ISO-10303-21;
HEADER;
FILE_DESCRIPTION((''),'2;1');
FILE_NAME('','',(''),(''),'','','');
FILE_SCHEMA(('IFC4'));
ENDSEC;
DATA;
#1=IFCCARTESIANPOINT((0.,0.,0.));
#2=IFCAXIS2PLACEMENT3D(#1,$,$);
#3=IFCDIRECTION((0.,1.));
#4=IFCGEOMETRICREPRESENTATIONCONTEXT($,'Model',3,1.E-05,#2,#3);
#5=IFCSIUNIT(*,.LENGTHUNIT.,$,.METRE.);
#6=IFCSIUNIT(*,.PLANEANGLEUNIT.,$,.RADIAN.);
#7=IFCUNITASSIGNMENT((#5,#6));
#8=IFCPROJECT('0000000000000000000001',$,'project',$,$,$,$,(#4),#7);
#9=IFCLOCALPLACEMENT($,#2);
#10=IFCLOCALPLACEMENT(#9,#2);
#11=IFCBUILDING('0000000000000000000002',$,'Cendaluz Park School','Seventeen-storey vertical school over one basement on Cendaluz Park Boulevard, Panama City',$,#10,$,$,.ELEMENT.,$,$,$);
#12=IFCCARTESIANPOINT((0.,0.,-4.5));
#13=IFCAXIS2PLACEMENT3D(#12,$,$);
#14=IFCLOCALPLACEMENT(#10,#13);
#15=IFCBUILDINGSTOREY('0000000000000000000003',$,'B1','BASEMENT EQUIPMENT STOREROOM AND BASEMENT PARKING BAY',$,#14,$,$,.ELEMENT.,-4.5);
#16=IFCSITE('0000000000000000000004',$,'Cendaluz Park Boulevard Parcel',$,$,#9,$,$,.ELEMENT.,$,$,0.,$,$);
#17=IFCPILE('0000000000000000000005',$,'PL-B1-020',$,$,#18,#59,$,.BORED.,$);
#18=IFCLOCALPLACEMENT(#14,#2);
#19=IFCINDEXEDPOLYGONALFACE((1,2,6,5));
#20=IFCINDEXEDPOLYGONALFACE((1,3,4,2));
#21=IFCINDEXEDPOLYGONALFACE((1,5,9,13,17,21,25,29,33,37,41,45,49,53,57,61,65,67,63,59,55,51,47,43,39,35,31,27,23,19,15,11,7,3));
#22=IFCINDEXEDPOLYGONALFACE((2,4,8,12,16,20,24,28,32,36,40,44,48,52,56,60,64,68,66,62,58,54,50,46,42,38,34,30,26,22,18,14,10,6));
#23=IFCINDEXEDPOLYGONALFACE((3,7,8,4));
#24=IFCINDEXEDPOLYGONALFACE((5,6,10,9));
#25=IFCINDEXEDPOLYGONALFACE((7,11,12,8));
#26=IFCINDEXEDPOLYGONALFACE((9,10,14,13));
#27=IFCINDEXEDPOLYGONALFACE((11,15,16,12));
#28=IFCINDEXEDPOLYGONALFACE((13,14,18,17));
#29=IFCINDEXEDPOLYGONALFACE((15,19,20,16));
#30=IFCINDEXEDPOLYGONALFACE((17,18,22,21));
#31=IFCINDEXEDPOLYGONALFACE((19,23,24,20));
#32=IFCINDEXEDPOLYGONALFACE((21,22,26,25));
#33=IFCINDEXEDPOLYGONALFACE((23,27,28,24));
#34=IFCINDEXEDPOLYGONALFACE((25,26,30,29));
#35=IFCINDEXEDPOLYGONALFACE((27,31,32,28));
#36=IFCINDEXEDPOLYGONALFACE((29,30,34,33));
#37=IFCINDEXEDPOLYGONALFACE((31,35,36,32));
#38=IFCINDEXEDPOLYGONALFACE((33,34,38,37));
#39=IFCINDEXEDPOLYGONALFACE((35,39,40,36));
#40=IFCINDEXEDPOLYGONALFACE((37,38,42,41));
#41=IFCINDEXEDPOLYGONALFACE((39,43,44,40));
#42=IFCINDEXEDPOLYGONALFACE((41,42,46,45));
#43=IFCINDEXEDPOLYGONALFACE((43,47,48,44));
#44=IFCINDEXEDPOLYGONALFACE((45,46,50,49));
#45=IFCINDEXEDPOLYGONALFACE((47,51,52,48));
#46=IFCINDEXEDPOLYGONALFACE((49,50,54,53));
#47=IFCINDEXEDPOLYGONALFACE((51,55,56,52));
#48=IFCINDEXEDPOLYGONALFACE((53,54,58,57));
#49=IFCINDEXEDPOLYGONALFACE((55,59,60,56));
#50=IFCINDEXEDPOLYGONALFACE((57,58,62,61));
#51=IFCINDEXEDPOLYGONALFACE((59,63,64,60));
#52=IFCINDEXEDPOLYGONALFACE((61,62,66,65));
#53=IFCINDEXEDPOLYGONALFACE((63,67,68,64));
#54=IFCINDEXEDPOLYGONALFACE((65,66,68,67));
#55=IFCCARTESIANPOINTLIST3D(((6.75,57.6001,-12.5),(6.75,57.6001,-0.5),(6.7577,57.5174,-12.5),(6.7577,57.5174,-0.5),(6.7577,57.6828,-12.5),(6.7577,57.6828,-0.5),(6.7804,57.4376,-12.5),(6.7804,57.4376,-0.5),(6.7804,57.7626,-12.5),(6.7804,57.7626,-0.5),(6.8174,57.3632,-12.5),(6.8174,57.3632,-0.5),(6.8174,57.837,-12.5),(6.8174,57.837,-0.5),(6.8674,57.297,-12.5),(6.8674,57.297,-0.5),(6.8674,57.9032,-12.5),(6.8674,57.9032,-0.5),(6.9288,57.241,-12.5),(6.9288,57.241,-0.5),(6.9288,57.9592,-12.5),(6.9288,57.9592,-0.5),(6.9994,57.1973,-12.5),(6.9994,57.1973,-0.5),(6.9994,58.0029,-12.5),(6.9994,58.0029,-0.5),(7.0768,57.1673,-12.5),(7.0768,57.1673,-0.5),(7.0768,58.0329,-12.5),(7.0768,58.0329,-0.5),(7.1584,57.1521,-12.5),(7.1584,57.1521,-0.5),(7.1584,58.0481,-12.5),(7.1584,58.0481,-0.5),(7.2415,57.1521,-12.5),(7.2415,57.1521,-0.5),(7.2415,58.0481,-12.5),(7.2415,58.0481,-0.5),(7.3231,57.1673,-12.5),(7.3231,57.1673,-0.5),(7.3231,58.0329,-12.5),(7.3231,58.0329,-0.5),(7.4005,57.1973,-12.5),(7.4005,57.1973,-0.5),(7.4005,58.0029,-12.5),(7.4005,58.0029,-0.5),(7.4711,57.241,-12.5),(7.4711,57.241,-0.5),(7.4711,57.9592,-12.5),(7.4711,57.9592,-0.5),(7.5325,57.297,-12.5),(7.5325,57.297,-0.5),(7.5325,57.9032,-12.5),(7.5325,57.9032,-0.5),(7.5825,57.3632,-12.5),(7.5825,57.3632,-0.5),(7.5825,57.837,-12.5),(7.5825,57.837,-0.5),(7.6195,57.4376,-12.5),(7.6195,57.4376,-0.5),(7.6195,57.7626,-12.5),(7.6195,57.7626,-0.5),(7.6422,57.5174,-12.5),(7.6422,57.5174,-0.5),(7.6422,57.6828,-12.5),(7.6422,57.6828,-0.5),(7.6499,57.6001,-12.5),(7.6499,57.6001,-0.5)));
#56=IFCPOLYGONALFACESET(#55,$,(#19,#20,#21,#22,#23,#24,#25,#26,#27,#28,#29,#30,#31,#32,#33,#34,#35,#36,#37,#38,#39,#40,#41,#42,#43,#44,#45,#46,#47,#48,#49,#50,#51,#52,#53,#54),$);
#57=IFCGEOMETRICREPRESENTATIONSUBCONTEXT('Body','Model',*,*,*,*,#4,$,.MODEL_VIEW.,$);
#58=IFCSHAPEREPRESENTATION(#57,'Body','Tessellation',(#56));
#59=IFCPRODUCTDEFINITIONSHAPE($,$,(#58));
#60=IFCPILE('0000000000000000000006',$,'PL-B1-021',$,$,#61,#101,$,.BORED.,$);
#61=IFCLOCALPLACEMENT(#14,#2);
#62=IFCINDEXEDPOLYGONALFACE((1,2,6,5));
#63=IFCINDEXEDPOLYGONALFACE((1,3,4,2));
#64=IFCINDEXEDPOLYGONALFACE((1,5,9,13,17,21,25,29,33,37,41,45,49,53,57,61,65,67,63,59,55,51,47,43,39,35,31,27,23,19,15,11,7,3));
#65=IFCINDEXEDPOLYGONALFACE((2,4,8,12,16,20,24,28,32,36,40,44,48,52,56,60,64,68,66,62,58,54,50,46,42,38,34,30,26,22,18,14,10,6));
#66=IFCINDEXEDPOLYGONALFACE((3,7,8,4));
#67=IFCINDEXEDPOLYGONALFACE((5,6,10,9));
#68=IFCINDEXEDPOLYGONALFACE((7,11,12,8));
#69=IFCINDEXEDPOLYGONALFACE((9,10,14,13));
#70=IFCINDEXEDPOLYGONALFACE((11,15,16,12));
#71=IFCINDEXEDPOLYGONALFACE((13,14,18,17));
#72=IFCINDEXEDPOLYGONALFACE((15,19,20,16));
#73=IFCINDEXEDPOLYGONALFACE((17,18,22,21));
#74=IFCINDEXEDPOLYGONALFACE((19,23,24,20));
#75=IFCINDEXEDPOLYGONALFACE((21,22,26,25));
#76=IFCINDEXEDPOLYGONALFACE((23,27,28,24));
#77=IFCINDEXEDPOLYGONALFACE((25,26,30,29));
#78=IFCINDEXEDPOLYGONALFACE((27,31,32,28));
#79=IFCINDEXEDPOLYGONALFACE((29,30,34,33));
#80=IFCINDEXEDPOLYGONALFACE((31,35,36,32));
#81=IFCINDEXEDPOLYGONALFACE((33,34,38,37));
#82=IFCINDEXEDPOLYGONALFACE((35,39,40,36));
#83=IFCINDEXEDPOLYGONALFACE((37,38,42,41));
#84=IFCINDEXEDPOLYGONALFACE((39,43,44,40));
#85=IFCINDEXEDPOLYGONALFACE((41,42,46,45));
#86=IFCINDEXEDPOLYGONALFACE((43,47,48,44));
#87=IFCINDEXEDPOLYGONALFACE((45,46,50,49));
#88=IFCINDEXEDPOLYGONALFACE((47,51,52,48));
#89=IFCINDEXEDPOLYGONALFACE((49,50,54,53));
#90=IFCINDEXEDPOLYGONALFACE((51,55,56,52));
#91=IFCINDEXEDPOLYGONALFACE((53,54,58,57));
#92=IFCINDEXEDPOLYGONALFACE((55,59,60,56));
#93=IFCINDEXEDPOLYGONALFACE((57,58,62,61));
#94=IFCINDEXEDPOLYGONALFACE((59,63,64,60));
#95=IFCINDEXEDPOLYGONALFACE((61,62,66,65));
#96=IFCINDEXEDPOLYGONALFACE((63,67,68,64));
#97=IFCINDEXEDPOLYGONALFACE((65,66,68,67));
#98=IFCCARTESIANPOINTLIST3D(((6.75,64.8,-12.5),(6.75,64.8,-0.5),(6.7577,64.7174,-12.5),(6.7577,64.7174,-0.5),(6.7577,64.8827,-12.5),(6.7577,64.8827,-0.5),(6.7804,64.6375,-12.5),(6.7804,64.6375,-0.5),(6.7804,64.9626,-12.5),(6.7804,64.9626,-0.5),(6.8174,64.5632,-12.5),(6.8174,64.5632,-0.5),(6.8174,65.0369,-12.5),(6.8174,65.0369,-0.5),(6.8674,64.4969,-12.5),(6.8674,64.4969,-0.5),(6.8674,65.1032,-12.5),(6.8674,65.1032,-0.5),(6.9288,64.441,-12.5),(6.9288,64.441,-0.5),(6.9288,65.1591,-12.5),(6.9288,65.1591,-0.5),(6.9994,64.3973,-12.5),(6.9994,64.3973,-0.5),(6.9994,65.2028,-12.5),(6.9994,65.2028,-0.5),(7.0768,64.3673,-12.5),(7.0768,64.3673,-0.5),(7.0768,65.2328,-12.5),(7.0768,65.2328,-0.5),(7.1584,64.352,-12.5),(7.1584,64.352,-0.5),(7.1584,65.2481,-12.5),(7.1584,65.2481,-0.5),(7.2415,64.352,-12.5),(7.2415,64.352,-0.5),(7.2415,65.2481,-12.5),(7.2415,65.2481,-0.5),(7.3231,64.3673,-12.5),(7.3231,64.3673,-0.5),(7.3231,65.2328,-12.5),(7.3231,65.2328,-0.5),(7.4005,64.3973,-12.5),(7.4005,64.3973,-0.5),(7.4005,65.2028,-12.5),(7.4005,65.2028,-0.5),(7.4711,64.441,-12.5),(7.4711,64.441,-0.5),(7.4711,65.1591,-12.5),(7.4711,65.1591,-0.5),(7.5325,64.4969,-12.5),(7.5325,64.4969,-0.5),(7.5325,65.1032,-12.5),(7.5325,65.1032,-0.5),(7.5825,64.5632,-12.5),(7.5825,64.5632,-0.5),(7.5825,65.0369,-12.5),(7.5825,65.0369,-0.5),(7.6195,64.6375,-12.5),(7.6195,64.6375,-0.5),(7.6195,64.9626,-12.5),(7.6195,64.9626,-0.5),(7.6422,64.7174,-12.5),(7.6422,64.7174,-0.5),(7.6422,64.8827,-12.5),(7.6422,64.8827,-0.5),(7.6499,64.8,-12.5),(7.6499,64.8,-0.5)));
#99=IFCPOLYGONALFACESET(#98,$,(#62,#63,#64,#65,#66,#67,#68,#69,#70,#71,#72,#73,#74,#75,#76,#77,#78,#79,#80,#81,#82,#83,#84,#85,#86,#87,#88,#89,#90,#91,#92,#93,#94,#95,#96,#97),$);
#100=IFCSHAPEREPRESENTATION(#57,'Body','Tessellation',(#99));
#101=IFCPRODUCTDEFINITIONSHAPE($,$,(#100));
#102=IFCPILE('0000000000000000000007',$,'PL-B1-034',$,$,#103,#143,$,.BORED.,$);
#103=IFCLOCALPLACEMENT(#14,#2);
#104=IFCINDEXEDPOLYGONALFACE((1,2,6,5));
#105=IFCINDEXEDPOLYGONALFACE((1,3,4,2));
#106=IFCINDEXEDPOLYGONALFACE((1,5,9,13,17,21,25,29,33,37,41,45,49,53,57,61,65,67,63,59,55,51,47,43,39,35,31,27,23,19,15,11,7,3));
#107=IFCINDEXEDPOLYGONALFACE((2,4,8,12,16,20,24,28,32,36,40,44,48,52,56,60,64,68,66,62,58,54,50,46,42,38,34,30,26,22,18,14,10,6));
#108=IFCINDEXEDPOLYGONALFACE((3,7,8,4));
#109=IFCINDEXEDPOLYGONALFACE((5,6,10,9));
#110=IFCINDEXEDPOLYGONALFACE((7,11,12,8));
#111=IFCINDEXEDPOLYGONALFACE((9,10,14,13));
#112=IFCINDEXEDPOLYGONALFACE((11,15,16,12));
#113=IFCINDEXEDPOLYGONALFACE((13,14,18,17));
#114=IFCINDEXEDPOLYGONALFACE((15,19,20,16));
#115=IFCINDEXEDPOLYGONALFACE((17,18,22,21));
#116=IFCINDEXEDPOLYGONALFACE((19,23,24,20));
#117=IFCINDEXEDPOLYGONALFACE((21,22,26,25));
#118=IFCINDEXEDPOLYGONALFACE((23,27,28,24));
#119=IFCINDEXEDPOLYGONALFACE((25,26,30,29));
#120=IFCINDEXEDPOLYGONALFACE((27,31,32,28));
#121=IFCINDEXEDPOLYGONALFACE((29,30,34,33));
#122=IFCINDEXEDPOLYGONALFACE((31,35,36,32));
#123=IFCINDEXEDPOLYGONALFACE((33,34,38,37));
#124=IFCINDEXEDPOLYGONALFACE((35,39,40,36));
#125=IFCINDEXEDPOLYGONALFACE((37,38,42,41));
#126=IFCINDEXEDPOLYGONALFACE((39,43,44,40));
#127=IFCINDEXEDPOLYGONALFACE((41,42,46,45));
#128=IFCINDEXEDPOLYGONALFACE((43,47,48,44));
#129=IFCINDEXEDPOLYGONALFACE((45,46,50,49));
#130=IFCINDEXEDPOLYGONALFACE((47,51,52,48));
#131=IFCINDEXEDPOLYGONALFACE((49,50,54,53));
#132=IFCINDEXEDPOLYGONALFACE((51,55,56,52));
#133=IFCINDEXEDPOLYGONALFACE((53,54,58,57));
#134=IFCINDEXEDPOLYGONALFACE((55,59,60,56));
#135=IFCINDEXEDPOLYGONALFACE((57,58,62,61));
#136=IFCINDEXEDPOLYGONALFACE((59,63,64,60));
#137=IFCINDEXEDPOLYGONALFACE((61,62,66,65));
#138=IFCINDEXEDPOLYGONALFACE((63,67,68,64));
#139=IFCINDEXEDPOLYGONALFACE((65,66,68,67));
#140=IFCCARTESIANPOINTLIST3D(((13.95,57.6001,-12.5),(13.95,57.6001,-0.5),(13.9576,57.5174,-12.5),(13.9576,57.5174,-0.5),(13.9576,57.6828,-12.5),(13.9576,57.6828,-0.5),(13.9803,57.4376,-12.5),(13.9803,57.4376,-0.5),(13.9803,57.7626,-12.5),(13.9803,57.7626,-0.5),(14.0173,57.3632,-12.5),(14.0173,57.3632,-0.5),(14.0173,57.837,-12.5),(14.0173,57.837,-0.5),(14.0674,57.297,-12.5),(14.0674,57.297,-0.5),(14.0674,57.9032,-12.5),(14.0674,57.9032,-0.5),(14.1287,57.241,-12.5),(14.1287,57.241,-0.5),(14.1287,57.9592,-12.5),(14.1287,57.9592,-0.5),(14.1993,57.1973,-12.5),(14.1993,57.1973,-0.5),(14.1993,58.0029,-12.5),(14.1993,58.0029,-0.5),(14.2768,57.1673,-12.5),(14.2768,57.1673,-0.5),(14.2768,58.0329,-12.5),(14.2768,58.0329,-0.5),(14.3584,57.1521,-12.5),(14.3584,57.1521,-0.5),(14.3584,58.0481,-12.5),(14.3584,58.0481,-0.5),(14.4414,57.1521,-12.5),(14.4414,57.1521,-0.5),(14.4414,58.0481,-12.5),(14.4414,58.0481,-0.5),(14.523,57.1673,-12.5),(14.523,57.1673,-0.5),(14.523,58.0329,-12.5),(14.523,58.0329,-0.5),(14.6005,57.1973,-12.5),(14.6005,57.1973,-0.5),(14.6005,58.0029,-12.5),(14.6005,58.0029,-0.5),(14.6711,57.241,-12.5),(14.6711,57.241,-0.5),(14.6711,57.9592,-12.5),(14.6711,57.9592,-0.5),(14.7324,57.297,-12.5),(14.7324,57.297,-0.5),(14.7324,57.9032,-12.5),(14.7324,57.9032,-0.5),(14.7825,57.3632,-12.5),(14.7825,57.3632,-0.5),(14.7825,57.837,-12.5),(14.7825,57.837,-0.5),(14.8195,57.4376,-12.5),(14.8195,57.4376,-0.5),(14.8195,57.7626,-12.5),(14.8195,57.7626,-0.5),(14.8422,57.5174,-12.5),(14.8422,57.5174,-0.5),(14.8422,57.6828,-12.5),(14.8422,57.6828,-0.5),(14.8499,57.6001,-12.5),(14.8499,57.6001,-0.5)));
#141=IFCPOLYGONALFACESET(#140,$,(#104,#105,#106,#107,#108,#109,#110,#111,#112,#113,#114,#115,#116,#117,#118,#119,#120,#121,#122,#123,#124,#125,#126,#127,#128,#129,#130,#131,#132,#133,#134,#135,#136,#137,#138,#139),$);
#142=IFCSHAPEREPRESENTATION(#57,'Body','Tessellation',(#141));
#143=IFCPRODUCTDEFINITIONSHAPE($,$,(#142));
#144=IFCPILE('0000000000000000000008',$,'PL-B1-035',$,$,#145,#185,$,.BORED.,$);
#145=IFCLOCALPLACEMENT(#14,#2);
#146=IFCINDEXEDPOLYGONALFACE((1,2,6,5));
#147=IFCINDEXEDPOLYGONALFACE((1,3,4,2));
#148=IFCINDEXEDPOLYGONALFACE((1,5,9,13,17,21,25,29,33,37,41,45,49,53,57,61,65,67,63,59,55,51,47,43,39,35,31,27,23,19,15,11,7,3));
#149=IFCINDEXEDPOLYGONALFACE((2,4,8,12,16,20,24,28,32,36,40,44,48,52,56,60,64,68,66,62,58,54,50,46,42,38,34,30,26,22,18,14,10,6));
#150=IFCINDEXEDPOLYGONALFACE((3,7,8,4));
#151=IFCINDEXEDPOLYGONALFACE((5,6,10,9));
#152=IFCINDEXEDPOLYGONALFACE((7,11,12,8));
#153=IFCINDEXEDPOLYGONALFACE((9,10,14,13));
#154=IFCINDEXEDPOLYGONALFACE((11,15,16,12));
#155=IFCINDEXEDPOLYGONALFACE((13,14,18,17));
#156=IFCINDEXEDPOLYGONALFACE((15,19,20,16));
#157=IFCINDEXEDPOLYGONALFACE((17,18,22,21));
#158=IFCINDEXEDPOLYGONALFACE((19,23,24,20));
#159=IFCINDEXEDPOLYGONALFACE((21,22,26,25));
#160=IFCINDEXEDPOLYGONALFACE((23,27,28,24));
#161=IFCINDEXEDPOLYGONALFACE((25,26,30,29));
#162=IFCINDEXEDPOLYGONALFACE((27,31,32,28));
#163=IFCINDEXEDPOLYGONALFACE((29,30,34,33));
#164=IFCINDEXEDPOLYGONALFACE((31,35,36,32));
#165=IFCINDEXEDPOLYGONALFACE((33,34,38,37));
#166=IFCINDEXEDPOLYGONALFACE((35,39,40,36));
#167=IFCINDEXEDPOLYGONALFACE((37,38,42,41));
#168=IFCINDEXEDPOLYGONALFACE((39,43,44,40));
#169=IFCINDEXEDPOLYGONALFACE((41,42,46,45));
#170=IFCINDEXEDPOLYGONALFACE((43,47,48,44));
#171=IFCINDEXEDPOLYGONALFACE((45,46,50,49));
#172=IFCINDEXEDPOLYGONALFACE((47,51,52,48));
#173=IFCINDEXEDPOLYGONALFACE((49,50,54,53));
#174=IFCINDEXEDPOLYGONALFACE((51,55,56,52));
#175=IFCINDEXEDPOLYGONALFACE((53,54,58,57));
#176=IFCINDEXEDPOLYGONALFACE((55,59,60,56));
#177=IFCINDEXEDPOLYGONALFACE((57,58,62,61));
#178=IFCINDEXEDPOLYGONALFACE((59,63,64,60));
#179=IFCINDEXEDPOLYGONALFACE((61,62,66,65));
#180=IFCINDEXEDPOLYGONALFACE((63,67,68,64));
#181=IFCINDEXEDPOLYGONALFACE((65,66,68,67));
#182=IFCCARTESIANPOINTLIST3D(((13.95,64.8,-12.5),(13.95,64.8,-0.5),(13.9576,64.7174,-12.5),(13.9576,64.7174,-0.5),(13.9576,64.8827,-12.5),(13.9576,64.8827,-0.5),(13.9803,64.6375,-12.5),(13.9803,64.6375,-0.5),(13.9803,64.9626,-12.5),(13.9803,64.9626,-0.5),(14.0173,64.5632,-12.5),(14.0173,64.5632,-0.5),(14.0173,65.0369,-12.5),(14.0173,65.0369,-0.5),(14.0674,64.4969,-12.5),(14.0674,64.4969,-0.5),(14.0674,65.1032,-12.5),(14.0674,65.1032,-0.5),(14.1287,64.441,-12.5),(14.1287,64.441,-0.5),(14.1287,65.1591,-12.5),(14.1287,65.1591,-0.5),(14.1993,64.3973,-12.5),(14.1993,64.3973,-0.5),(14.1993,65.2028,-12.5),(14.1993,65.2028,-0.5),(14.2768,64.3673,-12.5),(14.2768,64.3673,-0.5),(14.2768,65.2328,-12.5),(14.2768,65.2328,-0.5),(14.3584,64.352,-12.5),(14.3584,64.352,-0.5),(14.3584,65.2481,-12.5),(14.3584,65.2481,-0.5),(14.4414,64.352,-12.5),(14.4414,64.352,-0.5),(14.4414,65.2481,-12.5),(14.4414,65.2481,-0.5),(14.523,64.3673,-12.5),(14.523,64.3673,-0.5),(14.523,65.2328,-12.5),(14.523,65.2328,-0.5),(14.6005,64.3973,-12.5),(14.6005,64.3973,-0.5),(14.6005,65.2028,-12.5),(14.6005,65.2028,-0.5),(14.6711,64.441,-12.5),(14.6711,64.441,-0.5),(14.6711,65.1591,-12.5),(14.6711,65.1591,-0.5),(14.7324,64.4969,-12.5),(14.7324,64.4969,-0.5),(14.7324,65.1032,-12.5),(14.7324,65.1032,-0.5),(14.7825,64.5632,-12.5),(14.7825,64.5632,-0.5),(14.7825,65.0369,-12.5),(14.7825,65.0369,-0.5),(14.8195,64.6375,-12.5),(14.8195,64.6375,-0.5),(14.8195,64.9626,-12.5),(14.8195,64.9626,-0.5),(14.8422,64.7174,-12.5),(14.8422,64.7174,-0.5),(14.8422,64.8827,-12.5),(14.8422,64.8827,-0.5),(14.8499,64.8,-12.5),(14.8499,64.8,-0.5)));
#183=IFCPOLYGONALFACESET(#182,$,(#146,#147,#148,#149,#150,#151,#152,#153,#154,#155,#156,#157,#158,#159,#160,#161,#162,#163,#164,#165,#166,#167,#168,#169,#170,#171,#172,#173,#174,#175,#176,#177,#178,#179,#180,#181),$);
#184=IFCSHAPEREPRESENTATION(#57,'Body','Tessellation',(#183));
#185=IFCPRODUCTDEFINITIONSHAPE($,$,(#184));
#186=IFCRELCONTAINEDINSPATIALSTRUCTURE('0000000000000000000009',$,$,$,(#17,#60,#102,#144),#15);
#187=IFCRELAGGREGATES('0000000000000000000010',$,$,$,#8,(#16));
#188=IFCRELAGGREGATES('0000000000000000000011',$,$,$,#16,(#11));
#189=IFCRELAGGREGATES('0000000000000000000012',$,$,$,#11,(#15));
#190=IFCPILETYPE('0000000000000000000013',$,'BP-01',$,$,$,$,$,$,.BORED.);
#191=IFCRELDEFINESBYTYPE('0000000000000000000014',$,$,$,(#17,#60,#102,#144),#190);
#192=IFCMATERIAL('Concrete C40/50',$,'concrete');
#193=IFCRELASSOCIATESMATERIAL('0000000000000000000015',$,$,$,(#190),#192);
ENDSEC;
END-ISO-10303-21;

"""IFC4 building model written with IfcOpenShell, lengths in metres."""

from ifc_helpers import new_model, si_unit, direction, frame, origin, origin_2d, place, context, subcontext, project, spatial, circle, extrude, material, material_profile, profile_set, type_object, element, save


model = new_model("IFC4")

# Units and contexts
model_context = context("Model", 3, precision=1e-05, world=origin(), true_north=direction((0.0, 1.0)))
body_context = subcontext(model_context, "Body", "Model", "MODEL_VIEW")
ifc_project = project(units=[si_unit("LENGTHUNIT", "METRE"), si_unit("PLANEANGLEUNIT", "RADIAN")], contexts=[model_context])

# Site, building, storey
site_placement = place(None, origin())
site = spatial("IfcSite", under=ifc_project, at=site_placement, Name="Cendaluz Park Boulevard Parcel", CompositionType="ELEMENT", RefElevation=0.0)
building_placement = place(site_placement, origin())
building = spatial("IfcBuilding", under=site, at=building_placement, Name="Cendaluz Park School", Description="Seventeen-storey vertical school over one basement on Cendaluz Park Boulevard, Panama City", CompositionType="ELEMENT")
storey_placement = place(building_placement, frame((0.0, 0.0, -4.5)))
storey = spatial("IfcBuildingStorey", under=building, at=storey_placement, Name="B1", Description="BASEMENT EQUIPMENT STOREROOM AND BASEMENT PARKING BAY", CompositionType="ELEMENT", Elevation=-4.5)

# Piles
ifc_material_1 = material(Name="Concrete C40/50", Category="concrete")
ifc_material_profile_1 = material_profile(ifc_material_1, circle(Radius=0.45, at=origin_2d()), Name="BP D900", Category="concrete")
ifc_profile_set_1 = profile_set([ifc_material_profile_1], Name="Concrete C40/50")
pile_type_1 = type_object("IfcPileType", Name="BP-01", PredefinedType="BORED", material=ifc_profile_set_1)
for number, where, z_axis, x_axis, name in (
    (1, (7.2, 57.6001, -0.5), (0.0, 0.0, -1.0), (1.0, 0.0, 0.0), "PL-B1-020"),
    (2, (7.2, 64.8, -0.5), (0.0, 0.0, -1.0), (1.0, 0.0, 0.0), "PL-B1-021"),
    (3, (14.3999, 57.6001, -0.5), (0.0, 0.0, -1.0), (1.0, 0.0, 0.0), "PL-B1-034"),
    (4, (14.3999, 64.8, -0.5), (0.0, 0.0, -1.0), (1.0, 0.0, 0.0), "PL-B1-035"),
):
    element("IfcPile", number, at=place(storey_placement, frame(where, z_axis=z_axis, x_axis=x_axis)), inside=storey, type_object=pile_type_1, Name=name, PredefinedType="BORED", context=body_context, shape_type="SweptSolid", body=[
        extrude(circle(Radius=0.45, at=origin_2d()), origin(), (0.0, 0.0, 1.0), 12.0),
    ])

save(model, "model.ifc")
